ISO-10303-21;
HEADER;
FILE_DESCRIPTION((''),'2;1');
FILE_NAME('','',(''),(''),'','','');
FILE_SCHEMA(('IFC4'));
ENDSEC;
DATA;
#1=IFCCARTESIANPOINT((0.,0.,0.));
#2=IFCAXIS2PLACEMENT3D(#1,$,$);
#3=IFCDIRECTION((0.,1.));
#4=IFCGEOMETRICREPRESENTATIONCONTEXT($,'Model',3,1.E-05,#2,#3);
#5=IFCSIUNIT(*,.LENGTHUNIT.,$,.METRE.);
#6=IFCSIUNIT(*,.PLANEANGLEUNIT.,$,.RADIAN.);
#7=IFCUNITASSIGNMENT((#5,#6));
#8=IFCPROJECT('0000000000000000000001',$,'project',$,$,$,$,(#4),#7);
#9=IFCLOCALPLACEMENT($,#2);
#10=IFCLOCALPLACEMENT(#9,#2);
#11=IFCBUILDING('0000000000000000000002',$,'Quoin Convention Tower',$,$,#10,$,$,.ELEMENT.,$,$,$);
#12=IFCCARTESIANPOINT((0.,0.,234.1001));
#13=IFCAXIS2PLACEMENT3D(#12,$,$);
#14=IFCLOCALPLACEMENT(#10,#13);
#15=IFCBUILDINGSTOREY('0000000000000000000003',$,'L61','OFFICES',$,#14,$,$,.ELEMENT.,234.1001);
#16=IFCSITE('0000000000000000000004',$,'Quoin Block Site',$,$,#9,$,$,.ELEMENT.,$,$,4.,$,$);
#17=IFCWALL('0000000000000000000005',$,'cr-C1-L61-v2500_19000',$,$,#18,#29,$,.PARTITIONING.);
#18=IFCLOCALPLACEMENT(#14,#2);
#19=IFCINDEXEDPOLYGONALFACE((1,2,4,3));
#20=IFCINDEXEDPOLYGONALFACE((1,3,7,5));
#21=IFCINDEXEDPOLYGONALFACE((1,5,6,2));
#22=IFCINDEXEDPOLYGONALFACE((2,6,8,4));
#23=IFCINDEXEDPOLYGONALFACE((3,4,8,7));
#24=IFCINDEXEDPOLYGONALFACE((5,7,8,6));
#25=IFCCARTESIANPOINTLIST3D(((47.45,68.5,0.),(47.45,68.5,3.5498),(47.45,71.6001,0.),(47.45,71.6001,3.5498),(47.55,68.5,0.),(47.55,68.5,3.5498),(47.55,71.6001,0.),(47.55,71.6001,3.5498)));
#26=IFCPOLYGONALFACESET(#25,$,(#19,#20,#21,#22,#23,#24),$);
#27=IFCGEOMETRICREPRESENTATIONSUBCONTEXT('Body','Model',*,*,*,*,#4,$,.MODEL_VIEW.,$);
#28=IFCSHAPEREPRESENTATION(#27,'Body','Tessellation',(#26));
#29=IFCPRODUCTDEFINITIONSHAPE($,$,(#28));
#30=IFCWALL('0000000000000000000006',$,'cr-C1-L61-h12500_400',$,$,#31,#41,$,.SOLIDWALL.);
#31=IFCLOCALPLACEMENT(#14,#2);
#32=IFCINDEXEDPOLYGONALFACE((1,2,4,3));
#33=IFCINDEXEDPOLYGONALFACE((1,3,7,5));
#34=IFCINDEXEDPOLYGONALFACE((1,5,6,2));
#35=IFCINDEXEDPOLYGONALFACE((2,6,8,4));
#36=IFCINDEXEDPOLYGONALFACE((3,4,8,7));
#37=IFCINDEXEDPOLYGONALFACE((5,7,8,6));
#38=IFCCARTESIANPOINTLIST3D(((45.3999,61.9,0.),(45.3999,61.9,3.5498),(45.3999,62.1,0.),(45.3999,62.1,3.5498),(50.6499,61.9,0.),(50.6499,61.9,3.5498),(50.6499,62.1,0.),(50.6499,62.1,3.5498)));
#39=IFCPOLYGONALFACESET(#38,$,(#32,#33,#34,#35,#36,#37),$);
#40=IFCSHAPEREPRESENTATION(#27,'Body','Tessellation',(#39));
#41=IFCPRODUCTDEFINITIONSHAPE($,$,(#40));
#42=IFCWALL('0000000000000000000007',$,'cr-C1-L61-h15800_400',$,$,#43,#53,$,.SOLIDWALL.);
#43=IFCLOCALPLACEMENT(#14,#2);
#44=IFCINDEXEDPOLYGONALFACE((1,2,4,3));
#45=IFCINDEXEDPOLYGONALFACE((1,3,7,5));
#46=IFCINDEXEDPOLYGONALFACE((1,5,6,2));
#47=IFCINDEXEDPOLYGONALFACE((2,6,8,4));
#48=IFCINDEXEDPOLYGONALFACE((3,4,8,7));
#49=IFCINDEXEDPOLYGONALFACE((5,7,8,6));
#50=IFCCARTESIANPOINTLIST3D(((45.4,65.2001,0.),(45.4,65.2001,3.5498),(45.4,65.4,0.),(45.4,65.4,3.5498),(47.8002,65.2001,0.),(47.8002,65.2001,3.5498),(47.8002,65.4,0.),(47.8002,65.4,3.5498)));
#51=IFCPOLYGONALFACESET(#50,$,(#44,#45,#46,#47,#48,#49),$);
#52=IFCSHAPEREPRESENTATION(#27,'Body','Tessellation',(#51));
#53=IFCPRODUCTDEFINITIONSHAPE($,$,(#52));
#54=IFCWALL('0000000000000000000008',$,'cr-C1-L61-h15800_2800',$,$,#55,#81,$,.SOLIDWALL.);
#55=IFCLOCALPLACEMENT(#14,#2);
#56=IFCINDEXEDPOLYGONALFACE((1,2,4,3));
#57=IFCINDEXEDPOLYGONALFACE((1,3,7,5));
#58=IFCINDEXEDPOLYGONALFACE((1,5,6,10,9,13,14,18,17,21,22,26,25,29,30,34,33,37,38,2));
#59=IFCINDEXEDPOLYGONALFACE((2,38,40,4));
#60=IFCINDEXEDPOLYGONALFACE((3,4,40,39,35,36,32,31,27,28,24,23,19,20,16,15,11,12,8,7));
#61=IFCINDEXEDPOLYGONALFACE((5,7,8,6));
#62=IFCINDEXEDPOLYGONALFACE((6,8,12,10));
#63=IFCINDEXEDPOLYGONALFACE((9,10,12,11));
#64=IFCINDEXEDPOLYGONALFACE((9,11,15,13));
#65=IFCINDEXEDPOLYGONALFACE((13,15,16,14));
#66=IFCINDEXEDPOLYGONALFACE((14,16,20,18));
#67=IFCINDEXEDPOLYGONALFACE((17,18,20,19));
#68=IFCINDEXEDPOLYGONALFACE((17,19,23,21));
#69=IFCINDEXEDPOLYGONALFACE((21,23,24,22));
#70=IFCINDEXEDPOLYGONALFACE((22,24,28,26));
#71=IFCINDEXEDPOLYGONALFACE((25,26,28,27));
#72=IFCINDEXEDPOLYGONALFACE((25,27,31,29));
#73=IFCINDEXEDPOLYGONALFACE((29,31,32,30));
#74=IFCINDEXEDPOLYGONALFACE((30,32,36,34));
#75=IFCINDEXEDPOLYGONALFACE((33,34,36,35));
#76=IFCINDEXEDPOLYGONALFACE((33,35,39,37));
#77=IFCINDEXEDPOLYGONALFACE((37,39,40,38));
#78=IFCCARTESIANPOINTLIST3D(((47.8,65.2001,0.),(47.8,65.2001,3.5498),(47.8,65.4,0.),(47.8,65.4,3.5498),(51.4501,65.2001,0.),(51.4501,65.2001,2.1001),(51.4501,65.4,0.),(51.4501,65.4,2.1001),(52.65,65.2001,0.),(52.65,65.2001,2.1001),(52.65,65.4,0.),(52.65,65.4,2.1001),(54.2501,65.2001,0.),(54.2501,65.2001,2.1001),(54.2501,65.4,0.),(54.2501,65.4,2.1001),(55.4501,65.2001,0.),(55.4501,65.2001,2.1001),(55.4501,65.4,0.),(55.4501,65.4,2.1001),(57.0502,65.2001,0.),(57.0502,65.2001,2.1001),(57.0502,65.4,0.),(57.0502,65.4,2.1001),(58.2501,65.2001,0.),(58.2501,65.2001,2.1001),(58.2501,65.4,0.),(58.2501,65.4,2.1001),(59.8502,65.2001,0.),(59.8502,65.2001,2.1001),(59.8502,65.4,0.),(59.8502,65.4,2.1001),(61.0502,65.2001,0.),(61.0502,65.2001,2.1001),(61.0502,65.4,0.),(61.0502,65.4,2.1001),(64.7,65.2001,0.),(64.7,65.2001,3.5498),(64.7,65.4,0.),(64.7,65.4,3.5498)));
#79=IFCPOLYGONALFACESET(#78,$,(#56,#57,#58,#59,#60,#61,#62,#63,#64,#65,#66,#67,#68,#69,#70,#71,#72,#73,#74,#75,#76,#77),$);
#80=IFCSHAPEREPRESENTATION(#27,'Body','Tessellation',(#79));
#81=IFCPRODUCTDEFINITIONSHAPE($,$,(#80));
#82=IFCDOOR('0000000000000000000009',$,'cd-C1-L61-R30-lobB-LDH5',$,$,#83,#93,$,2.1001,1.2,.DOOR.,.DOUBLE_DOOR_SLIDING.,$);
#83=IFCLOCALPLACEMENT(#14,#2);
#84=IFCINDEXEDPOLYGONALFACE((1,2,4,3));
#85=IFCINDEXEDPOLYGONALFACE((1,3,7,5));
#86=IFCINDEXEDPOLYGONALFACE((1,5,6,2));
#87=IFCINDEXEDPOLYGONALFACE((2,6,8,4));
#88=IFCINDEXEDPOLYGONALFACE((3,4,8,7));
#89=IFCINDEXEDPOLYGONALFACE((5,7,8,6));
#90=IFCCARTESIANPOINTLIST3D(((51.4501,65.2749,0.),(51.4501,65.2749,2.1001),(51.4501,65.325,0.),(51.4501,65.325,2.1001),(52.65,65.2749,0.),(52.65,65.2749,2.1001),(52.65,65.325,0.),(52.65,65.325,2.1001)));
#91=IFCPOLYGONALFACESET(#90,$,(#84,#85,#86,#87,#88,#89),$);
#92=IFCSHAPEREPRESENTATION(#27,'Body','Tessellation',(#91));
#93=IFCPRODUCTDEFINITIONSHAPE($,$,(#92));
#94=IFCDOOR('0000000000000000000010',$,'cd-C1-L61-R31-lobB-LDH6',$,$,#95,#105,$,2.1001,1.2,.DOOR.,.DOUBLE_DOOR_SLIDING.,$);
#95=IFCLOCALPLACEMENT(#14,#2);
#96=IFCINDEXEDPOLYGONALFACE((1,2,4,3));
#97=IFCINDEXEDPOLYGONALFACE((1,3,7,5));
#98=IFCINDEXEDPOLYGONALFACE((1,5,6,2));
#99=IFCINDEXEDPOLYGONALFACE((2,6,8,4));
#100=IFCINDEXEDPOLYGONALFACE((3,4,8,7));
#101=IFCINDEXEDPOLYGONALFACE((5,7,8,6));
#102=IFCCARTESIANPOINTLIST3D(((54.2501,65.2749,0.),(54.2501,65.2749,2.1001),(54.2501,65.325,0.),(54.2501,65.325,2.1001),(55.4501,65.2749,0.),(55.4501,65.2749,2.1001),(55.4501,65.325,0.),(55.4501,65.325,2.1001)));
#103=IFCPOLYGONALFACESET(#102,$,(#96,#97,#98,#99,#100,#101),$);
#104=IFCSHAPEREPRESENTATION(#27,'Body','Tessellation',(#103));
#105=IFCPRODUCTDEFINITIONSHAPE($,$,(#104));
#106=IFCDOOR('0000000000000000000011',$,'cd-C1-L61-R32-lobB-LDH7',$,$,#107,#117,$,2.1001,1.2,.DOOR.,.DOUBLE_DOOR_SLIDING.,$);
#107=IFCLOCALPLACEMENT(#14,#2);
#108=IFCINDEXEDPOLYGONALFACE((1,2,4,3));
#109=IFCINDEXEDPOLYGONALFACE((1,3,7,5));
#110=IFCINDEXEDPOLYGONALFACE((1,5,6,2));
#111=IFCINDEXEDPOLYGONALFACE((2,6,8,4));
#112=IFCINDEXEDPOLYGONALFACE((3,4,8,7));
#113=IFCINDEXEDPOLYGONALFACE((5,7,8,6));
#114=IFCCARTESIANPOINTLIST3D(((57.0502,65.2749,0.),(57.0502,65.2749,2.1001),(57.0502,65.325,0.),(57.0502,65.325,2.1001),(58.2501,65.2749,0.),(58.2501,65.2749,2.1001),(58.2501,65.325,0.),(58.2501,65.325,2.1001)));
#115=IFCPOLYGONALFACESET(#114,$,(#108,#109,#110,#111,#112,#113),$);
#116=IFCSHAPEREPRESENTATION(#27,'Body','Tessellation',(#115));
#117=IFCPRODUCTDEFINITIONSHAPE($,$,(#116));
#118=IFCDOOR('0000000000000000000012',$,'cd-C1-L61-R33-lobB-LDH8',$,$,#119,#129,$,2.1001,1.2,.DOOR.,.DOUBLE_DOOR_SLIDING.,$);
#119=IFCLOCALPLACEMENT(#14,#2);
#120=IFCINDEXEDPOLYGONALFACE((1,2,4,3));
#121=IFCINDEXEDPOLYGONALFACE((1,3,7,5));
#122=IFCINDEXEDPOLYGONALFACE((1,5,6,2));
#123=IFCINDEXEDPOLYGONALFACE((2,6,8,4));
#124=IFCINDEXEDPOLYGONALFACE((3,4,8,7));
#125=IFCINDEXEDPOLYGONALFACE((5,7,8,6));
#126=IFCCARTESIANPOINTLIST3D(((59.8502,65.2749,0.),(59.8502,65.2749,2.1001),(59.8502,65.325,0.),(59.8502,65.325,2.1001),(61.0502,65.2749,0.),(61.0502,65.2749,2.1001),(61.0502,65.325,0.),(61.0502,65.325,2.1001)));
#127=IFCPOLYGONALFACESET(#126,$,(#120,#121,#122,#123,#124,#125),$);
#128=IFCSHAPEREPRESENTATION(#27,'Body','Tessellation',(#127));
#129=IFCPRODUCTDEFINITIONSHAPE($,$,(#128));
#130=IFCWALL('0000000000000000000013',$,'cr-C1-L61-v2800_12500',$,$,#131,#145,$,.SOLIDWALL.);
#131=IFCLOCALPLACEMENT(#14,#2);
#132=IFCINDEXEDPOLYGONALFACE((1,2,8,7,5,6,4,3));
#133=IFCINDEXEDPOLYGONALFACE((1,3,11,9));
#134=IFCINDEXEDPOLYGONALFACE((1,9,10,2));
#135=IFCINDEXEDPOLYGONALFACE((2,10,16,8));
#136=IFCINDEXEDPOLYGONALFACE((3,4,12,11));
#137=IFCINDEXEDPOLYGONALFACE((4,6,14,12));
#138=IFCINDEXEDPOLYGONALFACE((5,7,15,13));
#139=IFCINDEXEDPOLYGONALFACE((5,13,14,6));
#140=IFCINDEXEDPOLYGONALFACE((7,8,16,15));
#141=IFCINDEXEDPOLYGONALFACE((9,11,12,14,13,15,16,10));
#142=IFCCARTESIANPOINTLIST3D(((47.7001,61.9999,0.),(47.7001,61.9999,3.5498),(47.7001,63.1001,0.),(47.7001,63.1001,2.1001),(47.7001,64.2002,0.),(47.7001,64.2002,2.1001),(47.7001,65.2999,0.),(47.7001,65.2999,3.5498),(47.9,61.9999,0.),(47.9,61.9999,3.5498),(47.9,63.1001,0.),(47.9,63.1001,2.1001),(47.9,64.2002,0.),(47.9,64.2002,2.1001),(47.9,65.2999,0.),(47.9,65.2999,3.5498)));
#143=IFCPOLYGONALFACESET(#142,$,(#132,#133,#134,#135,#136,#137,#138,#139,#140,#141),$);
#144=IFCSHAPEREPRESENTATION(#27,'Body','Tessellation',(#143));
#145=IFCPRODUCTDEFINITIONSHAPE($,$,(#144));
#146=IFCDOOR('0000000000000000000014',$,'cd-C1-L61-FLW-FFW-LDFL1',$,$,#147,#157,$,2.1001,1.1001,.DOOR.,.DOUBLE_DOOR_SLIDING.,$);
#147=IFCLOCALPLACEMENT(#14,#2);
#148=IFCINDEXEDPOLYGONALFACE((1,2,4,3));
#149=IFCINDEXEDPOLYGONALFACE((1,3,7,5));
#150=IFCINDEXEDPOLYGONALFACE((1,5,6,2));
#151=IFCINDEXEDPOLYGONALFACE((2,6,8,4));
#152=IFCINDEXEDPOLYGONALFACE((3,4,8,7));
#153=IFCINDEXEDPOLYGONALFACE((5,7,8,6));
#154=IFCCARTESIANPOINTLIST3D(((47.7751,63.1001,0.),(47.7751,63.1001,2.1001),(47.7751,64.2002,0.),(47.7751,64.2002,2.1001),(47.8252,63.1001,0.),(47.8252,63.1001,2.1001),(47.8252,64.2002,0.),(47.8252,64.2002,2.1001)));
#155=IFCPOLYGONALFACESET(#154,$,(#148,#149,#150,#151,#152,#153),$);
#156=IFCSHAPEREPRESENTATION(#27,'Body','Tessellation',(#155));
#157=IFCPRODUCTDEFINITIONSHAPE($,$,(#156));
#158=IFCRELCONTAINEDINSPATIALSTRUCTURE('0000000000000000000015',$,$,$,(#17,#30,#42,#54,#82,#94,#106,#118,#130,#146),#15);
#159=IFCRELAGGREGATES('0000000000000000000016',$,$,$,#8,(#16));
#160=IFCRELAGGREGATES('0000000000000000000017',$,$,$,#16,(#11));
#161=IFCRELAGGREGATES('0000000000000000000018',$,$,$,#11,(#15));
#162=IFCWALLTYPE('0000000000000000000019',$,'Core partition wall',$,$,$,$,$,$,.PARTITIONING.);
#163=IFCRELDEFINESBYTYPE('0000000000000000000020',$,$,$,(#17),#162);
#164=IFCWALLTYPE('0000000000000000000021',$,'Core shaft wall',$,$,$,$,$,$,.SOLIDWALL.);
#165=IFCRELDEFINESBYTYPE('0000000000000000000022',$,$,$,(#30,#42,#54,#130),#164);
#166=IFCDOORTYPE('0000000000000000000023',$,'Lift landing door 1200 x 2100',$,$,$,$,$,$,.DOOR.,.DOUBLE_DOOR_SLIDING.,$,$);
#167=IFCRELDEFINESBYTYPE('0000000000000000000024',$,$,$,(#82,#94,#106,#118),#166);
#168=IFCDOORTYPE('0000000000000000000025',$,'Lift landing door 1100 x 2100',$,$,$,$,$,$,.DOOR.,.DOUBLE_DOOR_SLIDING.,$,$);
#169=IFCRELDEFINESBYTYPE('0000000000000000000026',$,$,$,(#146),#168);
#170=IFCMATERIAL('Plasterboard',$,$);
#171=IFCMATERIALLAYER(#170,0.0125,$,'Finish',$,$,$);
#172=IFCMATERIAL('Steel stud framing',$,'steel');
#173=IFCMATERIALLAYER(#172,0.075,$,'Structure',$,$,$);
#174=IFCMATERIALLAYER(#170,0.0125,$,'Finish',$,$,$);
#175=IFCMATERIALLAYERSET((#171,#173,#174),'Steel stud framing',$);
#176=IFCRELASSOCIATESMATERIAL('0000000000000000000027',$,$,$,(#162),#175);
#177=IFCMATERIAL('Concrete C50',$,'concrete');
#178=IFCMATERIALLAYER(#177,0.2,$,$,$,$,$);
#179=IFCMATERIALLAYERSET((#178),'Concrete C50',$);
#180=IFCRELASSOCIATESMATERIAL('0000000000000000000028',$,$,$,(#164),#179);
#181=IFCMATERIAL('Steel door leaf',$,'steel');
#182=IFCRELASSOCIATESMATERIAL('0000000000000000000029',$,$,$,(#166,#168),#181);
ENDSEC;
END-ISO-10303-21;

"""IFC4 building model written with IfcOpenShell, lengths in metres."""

from ifc_helpers import new_model, si_unit, direction, frame, frame_2d, origin, place, context, subcontext, project, spatial, rectangle, extrude, material, layer, layer_set, type_object, element, fill, save


model = new_model("IFC4")

# Units and contexts
model_context = context("Model", 3, precision=1e-05, world=origin(), true_north=direction((0.0, 1.0)))
body_context = subcontext(model_context, "Body", "Model", "MODEL_VIEW")
ifc_project = project(units=[si_unit("LENGTHUNIT", "METRE"), si_unit("PLANEANGLEUNIT", "RADIAN")], contexts=[model_context])

# Site, building, storey
site_placement = place(None, origin())
site = spatial("IfcSite", under=ifc_project, at=site_placement, Name="Quoin Block Site", CompositionType="ELEMENT", RefElevation=4.0)
building_placement = place(site_placement, origin())
building = spatial("IfcBuilding", under=site, at=building_placement, Name="Quoin Convention Tower", CompositionType="ELEMENT")
storey_placement = place(building_placement, frame((0.0, 0.0, 234.1001)))
storey = spatial("IfcBuildingStorey", under=building, at=storey_placement, Name="L61", Description="OFFICES", CompositionType="ELEMENT", Elevation=234.1001)

# Shared definitions
ifc_material_1 = material(Name="Plasterboard")
ifc_layer_1 = layer(ifc_material_1, 0.0125, Name="Finish")
ifc_material_2 = material(Name="Steel stud framing", Category="steel")
ifc_layer_2 = layer(ifc_material_2, 0.075, Name="Structure")
ifc_layer_3 = layer(ifc_material_1, 0.0125, Name="Finish")
ifc_layer_set_1 = layer_set([ifc_layer_1, ifc_layer_2, ifc_layer_3], Name="Steel stud framing")
wall_type_1 = type_object("IfcWallType", Name="Core partition wall", PredefinedType="PARTITIONING", material=ifc_layer_set_1)
ifc_material_3 = material(Name="Steel door leaf", Category="steel")

# Walls
wall_1_placement = place(storey_placement, frame((47.5, 68.5, 0.0), z_axis=(0.0, 0.0, 1.0), x_axis=(0.0, 1.0, 0.0)))
element("IfcWall", 1, at=wall_1_placement, inside=storey, type_object=wall_type_1, Name="cr-C1-L61-v2500_19000", PredefinedType="PARTITIONING", context=body_context, shape_type="SweptSolid", body=[
    extrude(rectangle(XDim=3.1001, YDim=0.1001, at=frame_2d((1.55, 0.0))), origin(), (0.0, 0.0, 1.0), 3.5498),
])
ifc_material_4 = material(Name="Concrete C50", Category="concrete")
ifc_layer_4 = layer(ifc_material_4, 0.2)
ifc_layer_set_2 = layer_set([ifc_layer_4], Name="Concrete C50")
wall_type_2 = type_object("IfcWallType", Name="Core shaft wall", PredefinedType="SOLIDWALL", material=ifc_layer_set_2)
wall_2_placement = place(storey_placement, frame((45.3999, 62.0, 0.0), z_axis=(0.0, 0.0, 1.0), x_axis=(1.0, 0.0, 0.0)))
element("IfcWall", 2, at=wall_2_placement, inside=storey, type_object=wall_type_2, Name="cr-C1-L61-h12500_400", PredefinedType="SOLIDWALL", context=body_context, shape_type="SweptSolid", body=[
    extrude(rectangle(XDim=5.25, YDim=0.2, at=frame_2d((2.625, 0.0))), origin(), (0.0, 0.0, 1.0), 3.5498),
])
wall_3_placement = place(storey_placement, frame((45.3999, 65.3, 0.0), z_axis=(0.0, 0.0, 1.0), x_axis=(1.0, 0.0, 0.0)))
element("IfcWall", 3, at=wall_3_placement, inside=storey, type_object=wall_type_2, Name="cr-C1-L61-h15800_400", PredefinedType="SOLIDWALL", context=body_context, shape_type="SweptSolid", body=[
    extrude(rectangle(XDim=2.4001, YDim=0.2, at=frame_2d((1.2002, 0.0))), origin(), (0.0, 0.0, 1.0), 3.5498),
])

# Wall, openings, doors
wall_4_placement = place(storey_placement, frame((47.8, 65.3, 0.0), z_axis=(0.0, 0.0, 1.0), x_axis=(1.0, 0.0, 0.0)))
wall_4 = element("IfcWall", 4, at=wall_4_placement, inside=storey, type_object=wall_type_2, Name="cr-C1-L61-h15800_2800", PredefinedType="SOLIDWALL", context=body_context, shape_type="SweptSolid", body=[
    extrude(rectangle(XDim=16.8999, YDim=0.2, at=frame_2d((8.45, 0.0))), origin(), (0.0, 0.0, 1.0), 3.5498),
])
opening_1_placement = place(wall_4_placement, frame((3.6499, 0.0, 0.0)))
opening_1 = element("IfcOpeningElement", 5, at=opening_1_placement, cuts=wall_4, PredefinedType="OPENING", context=body_context, shape_type="SweptSolid", body=[
    extrude(rectangle(XDim=1.2, YDim=2.1001, at=frame_2d((0.6001, 1.05))), frame((0.0, 0.1099, 0.0), z_axis=(0.0, -1.0, 0.0), x_axis=(1.0, 0.0, 0.0)), (0.0, 0.0, 1.0), 0.22),
])
opening_2_placement = place(wall_4_placement, frame((6.45, 0.0, 0.0)))
opening_2 = element("IfcOpeningElement", 6, at=opening_2_placement, cuts=wall_4, PredefinedType="OPENING", context=body_context, shape_type="SweptSolid", body=[
    extrude(rectangle(XDim=1.2, YDim=2.1001, at=frame_2d((0.6001, 1.05))), frame((0.0, 0.1099, 0.0), z_axis=(0.0, -1.0, 0.0), x_axis=(1.0, 0.0, 0.0)), (0.0, 0.0, 1.0), 0.22),
])
opening_3_placement = place(wall_4_placement, frame((9.25, 0.0, 0.0)))
opening_3 = element("IfcOpeningElement", 7, at=opening_3_placement, cuts=wall_4, PredefinedType="OPENING", context=body_context, shape_type="SweptSolid", body=[
    extrude(rectangle(XDim=1.2, YDim=2.1001, at=frame_2d((0.6001, 1.05))), frame((0.0, 0.1099, 0.0), z_axis=(0.0, -1.0, 0.0), x_axis=(1.0, 0.0, 0.0)), (0.0, 0.0, 1.0), 0.22),
])
opening_4_placement = place(wall_4_placement, frame((12.05, 0.0, 0.0)))
opening_4 = element("IfcOpeningElement", 8, at=opening_4_placement, cuts=wall_4, PredefinedType="OPENING", context=body_context, shape_type="SweptSolid", body=[
    extrude(rectangle(XDim=1.2, YDim=2.1001, at=frame_2d((0.6001, 1.05))), frame((0.0, 0.1099, 0.0), z_axis=(0.0, -1.0, 0.0), x_axis=(1.0, 0.0, 0.0)), (0.0, 0.0, 1.0), 0.22),
])
door_type_1 = type_object("IfcDoorType", Name="Lift landing door 1200 x 2100", OperationType="DOUBLE_DOOR_SLIDING", PredefinedType="DOOR", material=ifc_material_3)
door_1_placement = place(opening_1_placement, origin())
door_1 = element("IfcDoor", 9, at=door_1_placement, inside=storey, type_object=door_type_1, Name="cd-C1-L61-R30-lobB-LDH5", OperationType="DOUBLE_DOOR_SLIDING", OverallHeight=2.1001, OverallWidth=1.2, PredefinedType="DOOR", context=body_context, shape_type="SweptSolid", body=[
    extrude(rectangle(XDim=1.2, YDim=2.1001, at=frame_2d((0.6001, 1.05))), frame((0.0, 0.0249, 0.0), z_axis=(0.0, -1.0, 0.0), x_axis=(1.0, 0.0, 0.0)), (0.0, 0.0, 1.0), 0.05),
])
fill(opening_1, door_1)
door_2_placement = place(opening_2_placement, origin())
door_2 = element("IfcDoor", 10, at=door_2_placement, inside=storey, type_object=door_type_1, Name="cd-C1-L61-R31-lobB-LDH6", OperationType="DOUBLE_DOOR_SLIDING", OverallHeight=2.1001, OverallWidth=1.2, PredefinedType="DOOR", context=body_context, shape_type="SweptSolid", body=[
    extrude(rectangle(XDim=1.2, YDim=2.1001, at=frame_2d((0.6001, 1.05))), frame((0.0, 0.0249, 0.0), z_axis=(0.0, -1.0, 0.0), x_axis=(1.0, 0.0, 0.0)), (0.0, 0.0, 1.0), 0.05),
])
fill(opening_2, door_2)
door_3_placement = place(opening_3_placement, origin())
door_3 = element("IfcDoor", 11, at=door_3_placement, inside=storey, type_object=door_type_1, Name="cd-C1-L61-R32-lobB-LDH7", OperationType="DOUBLE_DOOR_SLIDING", OverallHeight=2.1001, OverallWidth=1.2, PredefinedType="DOOR", context=body_context, shape_type="SweptSolid", body=[
    extrude(rectangle(XDim=1.2, YDim=2.1001, at=frame_2d((0.6001, 1.05))), frame((0.0, 0.0249, 0.0), z_axis=(0.0, -1.0, 0.0), x_axis=(1.0, 0.0, 0.0)), (0.0, 0.0, 1.0), 0.05),
])
fill(opening_3, door_3)
door_4_placement = place(opening_4_placement, origin())
door_4 = element("IfcDoor", 12, at=door_4_placement, inside=storey, type_object=door_type_1, Name="cd-C1-L61-R33-lobB-LDH8", OperationType="DOUBLE_DOOR_SLIDING", OverallHeight=2.1001, OverallWidth=1.2, PredefinedType="DOOR", context=body_context, shape_type="SweptSolid", body=[
    extrude(rectangle(XDim=1.2, YDim=2.1001, at=frame_2d((0.6001, 1.05))), frame((0.0, 0.0249, 0.0), z_axis=(0.0, -1.0, 0.0), x_axis=(1.0, 0.0, 0.0)), (0.0, 0.0, 1.0), 0.05),
])
fill(opening_4, door_4)

# Wall, opening, door
wall_5_placement = place(storey_placement, frame((47.8, 62.0, 0.0), z_axis=(0.0, 0.0, 1.0), x_axis=(0.0, 1.0, 0.0)))
wall_5 = element("IfcWall", 13, at=wall_5_placement, inside=storey, type_object=wall_type_2, Name="cr-C1-L61-v2800_12500", PredefinedType="SOLIDWALL", context=body_context, shape_type="SweptSolid", body=[
    extrude(rectangle(XDim=3.3, YDim=0.2, at=frame_2d((1.6499, 0.0))), origin(), (0.0, 0.0, 1.0), 3.5498),
])
opening_5_placement = place(wall_5_placement, frame((1.1001, 0.0, 0.0)))
opening_5 = element("IfcOpeningElement", 14, at=opening_5_placement, cuts=wall_5, PredefinedType="OPENING", context=body_context, shape_type="SweptSolid", body=[
    extrude(rectangle(XDim=1.1001, YDim=2.1001, at=frame_2d((0.55, 1.05))), frame((0.0, 0.1099, 0.0), z_axis=(0.0, -1.0, 0.0), x_axis=(1.0, 0.0, 0.0)), (0.0, 0.0, 1.0), 0.22),
])
door_type_2 = type_object("IfcDoorType", Name="Lift landing door 1100 x 2100", OperationType="DOUBLE_DOOR_SLIDING", PredefinedType="DOOR", material=ifc_material_3)
door_5_placement = place(opening_5_placement, origin())
door_5 = element("IfcDoor", 15, at=door_5_placement, inside=storey, type_object=door_type_2, Name="cd-C1-L61-FLW-FFW-LDFL1", OperationType="DOUBLE_DOOR_SLIDING", OverallHeight=2.1001, OverallWidth=1.1001, PredefinedType="DOOR", context=body_context, shape_type="SweptSolid", body=[
    extrude(rectangle(XDim=1.1001, YDim=2.1001, at=frame_2d((0.55, 1.05))), frame((0.0, 0.0249, 0.0), z_axis=(0.0, -1.0, 0.0), x_axis=(1.0, 0.0, 0.0)), (0.0, 0.0, 1.0), 0.05),
])
fill(opening_5, door_5)

save(model, "model.ifc")
